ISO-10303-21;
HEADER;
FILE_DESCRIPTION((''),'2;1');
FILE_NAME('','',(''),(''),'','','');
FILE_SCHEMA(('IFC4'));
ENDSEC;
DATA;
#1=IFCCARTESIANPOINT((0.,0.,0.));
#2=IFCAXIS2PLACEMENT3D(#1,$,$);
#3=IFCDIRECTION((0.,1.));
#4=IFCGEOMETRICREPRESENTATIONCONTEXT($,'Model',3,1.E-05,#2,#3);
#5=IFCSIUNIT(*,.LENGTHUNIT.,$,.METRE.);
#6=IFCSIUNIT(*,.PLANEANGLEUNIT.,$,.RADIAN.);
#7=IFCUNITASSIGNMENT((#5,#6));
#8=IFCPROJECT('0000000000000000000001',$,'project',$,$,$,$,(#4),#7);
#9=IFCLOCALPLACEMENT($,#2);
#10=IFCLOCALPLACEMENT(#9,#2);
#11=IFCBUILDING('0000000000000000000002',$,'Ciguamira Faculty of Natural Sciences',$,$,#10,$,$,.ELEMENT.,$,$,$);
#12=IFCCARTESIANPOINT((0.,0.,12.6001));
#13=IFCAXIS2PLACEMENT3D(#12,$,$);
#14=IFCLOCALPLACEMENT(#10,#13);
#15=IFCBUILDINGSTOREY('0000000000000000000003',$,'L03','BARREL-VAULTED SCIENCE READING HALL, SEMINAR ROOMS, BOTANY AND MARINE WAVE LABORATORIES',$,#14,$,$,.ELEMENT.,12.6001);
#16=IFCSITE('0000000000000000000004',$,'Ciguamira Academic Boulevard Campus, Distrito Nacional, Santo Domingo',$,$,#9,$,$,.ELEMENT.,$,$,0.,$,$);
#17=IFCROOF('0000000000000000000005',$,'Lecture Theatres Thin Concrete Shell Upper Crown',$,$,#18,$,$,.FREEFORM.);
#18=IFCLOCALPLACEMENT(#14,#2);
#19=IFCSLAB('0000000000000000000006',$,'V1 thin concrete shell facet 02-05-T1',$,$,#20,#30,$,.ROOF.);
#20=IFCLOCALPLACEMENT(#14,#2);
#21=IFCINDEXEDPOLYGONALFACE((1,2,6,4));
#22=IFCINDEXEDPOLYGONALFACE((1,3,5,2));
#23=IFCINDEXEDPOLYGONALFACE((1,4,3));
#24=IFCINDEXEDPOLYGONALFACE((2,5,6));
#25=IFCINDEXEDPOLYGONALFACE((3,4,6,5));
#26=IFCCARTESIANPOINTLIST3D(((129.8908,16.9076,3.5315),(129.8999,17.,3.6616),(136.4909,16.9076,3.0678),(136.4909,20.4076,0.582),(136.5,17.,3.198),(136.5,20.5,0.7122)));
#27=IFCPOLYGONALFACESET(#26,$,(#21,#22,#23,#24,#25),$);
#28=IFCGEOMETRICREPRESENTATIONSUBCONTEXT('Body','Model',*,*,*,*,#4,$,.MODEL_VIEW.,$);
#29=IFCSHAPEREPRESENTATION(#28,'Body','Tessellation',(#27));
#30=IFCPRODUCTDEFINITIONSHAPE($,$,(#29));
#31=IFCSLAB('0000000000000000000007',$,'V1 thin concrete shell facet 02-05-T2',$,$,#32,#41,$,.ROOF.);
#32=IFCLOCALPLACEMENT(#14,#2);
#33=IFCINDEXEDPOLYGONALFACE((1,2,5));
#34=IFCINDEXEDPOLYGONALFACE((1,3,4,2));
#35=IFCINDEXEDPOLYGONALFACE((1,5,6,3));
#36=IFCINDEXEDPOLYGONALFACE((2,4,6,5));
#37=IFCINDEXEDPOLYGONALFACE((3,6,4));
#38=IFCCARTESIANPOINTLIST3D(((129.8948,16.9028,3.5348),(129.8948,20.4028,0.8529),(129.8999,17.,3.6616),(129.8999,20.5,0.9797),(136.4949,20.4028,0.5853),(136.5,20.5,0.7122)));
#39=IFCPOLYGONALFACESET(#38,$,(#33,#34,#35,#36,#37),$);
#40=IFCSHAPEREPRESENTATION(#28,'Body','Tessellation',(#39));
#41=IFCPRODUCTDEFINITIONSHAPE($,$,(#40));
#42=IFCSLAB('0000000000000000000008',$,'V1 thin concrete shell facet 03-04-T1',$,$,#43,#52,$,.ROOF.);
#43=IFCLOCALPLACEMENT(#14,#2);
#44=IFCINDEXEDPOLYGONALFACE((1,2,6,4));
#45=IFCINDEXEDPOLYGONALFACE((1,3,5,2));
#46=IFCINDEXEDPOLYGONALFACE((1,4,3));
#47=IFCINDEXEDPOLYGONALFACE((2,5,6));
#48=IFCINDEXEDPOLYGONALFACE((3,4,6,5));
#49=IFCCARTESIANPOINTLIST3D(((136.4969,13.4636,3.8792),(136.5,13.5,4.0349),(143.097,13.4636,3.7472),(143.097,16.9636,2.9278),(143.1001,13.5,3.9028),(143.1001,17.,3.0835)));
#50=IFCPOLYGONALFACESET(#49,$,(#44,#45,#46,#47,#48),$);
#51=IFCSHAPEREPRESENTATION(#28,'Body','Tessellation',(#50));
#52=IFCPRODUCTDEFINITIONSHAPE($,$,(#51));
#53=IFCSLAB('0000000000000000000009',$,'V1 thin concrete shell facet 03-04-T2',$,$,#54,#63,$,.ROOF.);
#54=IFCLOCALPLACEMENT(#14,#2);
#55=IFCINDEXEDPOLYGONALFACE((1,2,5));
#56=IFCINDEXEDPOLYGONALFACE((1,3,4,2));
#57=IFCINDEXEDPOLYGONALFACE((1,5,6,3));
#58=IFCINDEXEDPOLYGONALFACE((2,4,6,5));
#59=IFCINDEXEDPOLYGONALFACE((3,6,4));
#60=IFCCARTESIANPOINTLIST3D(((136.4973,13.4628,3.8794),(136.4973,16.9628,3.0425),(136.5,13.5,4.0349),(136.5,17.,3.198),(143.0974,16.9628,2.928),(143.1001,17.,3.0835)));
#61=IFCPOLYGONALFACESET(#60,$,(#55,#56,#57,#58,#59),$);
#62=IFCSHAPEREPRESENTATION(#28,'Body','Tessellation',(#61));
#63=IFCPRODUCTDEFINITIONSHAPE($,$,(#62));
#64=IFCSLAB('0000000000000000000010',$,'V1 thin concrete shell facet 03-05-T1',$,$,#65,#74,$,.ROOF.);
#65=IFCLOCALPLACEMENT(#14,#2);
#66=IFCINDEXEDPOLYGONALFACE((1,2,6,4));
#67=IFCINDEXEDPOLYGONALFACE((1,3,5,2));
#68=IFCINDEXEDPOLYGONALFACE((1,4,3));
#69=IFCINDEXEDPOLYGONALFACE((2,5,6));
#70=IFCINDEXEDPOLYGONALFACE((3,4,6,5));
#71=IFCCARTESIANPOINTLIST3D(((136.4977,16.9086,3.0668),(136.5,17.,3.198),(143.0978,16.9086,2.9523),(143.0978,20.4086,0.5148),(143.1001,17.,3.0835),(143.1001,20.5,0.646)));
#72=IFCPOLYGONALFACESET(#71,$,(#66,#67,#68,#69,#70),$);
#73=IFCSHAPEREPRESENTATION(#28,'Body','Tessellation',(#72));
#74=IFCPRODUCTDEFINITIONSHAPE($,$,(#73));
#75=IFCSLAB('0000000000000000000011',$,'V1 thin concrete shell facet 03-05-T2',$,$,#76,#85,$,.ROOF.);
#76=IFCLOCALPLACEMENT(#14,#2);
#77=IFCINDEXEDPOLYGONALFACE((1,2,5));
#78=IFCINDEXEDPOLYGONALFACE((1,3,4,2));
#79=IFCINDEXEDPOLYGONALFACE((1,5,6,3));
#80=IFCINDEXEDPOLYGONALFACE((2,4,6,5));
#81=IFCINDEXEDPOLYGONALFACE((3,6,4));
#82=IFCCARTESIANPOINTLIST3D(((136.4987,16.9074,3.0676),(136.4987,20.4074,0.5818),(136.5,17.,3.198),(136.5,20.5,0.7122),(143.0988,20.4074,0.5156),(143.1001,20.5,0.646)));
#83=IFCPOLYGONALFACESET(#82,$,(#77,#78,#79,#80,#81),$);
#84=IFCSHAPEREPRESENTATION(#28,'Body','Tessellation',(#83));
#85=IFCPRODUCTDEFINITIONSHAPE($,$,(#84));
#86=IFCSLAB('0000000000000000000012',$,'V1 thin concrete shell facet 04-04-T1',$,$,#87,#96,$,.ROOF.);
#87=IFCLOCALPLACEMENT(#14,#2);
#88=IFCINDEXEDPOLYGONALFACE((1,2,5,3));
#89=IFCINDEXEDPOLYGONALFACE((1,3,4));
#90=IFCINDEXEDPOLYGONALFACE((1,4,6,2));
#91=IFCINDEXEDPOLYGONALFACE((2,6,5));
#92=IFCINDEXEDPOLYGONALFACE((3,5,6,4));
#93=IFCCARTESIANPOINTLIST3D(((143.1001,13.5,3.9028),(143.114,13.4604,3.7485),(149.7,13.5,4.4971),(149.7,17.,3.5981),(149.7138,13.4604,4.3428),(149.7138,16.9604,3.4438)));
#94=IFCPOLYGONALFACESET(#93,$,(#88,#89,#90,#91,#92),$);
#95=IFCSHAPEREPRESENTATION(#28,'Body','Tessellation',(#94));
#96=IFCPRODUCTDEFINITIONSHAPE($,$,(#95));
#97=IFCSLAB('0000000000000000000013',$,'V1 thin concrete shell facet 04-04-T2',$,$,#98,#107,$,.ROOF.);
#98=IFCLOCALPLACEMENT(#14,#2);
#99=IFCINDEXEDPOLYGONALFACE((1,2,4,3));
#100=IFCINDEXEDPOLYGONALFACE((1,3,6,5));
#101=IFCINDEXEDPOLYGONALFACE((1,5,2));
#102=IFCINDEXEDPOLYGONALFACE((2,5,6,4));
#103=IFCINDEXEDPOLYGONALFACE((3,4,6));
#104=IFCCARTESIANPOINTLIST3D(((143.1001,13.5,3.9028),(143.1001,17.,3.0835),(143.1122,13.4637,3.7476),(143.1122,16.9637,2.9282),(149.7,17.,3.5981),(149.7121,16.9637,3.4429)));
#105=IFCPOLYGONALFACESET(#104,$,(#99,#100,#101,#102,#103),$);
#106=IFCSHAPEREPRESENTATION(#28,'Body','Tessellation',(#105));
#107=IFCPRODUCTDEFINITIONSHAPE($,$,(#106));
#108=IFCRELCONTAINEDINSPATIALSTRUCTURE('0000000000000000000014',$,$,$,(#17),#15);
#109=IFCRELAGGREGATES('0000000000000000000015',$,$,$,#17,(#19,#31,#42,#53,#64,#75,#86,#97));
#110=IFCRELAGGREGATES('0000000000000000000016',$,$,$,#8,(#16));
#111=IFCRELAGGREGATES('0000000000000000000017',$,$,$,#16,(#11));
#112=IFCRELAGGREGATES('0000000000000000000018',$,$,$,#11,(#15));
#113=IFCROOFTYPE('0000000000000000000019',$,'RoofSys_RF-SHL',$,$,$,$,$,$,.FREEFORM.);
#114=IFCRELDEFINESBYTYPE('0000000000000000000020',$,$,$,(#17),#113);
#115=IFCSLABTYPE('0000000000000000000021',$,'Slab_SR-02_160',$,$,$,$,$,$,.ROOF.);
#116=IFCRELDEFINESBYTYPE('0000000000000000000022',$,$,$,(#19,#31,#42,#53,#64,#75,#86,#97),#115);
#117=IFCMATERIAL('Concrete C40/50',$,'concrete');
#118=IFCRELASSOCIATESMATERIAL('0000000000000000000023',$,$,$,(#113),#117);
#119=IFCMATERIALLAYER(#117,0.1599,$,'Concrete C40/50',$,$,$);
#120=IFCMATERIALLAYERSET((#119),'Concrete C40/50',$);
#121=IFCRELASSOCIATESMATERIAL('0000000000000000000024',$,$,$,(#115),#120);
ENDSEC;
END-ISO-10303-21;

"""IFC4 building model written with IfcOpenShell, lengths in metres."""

from ifc_helpers import new_model, si_unit, direction, frame, origin, place, context, subcontext, project, spatial, polyline, outline, extrude, material, layer, layer_set, type_object, element, aggregate, save


model = new_model("IFC4")

# Units and contexts
model_context = context("Model", 3, precision=1e-05, world=origin(), true_north=direction((0.0, 1.0)))
body_context = subcontext(model_context, "Body", "Model", "MODEL_VIEW")
ifc_project = project(units=[si_unit("LENGTHUNIT", "METRE"), si_unit("PLANEANGLEUNIT", "RADIAN")], contexts=[model_context])

# Site, building, storey
site_placement = place(None, origin())
site = spatial("IfcSite", under=ifc_project, at=site_placement, Name="Ciguamira Academic Boulevard Campus, Distrito Nacional, Santo Domingo", CompositionType="ELEMENT", RefElevation=0.0)
building_placement = place(site_placement, origin())
building = spatial("IfcBuilding", under=site, at=building_placement, Name="Ciguamira Faculty of Natural Sciences", CompositionType="ELEMENT")
storey_placement = place(building_placement, frame((0.0, 0.0, 12.6001)))
storey = spatial("IfcBuildingStorey", under=building, at=storey_placement, Name="L03", Description="BARREL-VAULTED SCIENCE READING HALL, SEMINAR ROOMS, BOTANY AND MARINE WAVE LABORATORIES", CompositionType="ELEMENT", Elevation=12.6001)

# Shared definitions
ifc_material_1 = material(Name="Concrete C40/50", Category="concrete")

# Roof, slabs
roof_type = type_object("IfcRoofType", Name="RoofSys_RF-SHL", PredefinedType="FREEFORM", material=ifc_material_1)
roof_placement = place(storey_placement, origin())
roof = element("IfcRoof", 1, at=roof_placement, inside=storey, type_object=roof_type, Name="Lecture Theatres Thin Concrete Shell Upper Crown", PredefinedType="FREEFORM")
ifc_layer_1 = layer(ifc_material_1, 0.1599, Name="Concrete C40/50")
ifc_layer_set_1 = layer_set([ifc_layer_1], Name="Concrete C40/50")
slab_type = type_object("IfcSlabType", Name="Slab_SR-02_160", PredefinedType="ROOF", material=ifc_layer_set_1)
slab_1_placement = place(storey_placement, frame((129.8999, 17.0, 3.6616), z_axis=(0.057176, 0.578105, 0.813957), x_axis=(0.997542, 0.0, -0.070072)))
slab_1 = element("IfcSlab", 2, at=slab_1_placement, type_object=slab_type, Name="V1 thin concrete shell facet 02-05-T1", PredefinedType="ROOF", context=body_context, shape_type="SweptSolid", body=[
    extrude(outline(polyline([(0.0, 0.0), (6.6164, 0.0), (6.7905, 4.2894), (0.0, 0.0)])), origin(), (0.0, 0.0, -1.0), 0.1599),
])
slab_2_placement = place(storey_placement, frame((129.8999, 17.0, 3.6616), z_axis=(0.032164, 0.60791, 0.793354), x_axis=(0.821741, 0.435765, -0.367221)))
slab_2 = element("IfcSlab", 3, at=slab_2_placement, type_object=slab_type, Name="V1 thin concrete shell facet 02-05-T2", PredefinedType="ROOF", context=body_context, shape_type="SweptSolid", body=[
    extrude(outline(polyline([(0.0, 0.0), (8.0319, 0.0), (2.51, 3.6252), (0.0, 0.0)])), origin(), (0.0, 0.0, -1.0), 0.1599),
])
slab_3_placement = place(storey_placement, frame((136.5, 13.5, 4.0349), z_axis=(0.019481, 0.227891, 0.973492), x_axis=(0.9998, 0.0, -0.020008)))
slab_3 = element("IfcSlab", 4, at=slab_3_placement, type_object=slab_type, Name="V1 thin concrete shell facet 03-04-T1", PredefinedType="ROOF", context=body_context, shape_type="SweptSolid", body=[
    extrude(outline(polyline([(0.0, 0.0), (6.6014, 0.0), (6.6178, 3.5946), (0.0, 0.0)])), origin(), (0.0, 0.0, -1.0), 0.1599),
])
slab_4_placement = place(storey_placement, frame((136.5, 13.5, 4.0349), z_axis=(0.01687, 0.232529, 0.972443), x_axis=(0.876387, 0.464744, -0.126333)))
slab_4 = element("IfcSlab", 5, at=slab_4_placement, type_object=slab_type, Name="V1 thin concrete shell facet 03-04-T2", PredefinedType="ROOF", context=body_context, shape_type="SweptSolid", body=[
    extrude(outline(polyline([(0.0, 0.0), (7.531, 0.0), (1.7323, 3.1543), (0.0, 0.0)])), origin(), (0.0, 0.0, -1.0), 0.1599),
])
slab_5_placement = place(storey_placement, frame((136.5, 17.0, 3.198), z_axis=(0.014235, 0.571436, 0.820523), x_axis=(0.99985, 0.0, -0.017346)))
slab_5 = element("IfcSlab", 6, at=slab_5_placement, type_object=slab_type, Name="V1 thin concrete shell facet 03-05-T1", PredefinedType="ROOF", context=body_context, shape_type="SweptSolid", body=[
    extrude(outline(polyline([(0.0, 0.0), (6.6011, 0.0), (6.6434, 4.2649), (0.0, 0.0)])), origin(), (0.0, 0.0, -1.0), 0.1599),
])
slab_6_placement = place(storey_placement, frame((136.5, 17.0, 3.198), z_axis=(0.008173, 0.579033, 0.815263), x_axis=(0.836032, 0.443344, -0.323261)))
slab_6 = element("IfcSlab", 7, at=slab_6_placement, type_object=slab_type, Name="V1 thin concrete shell facet 03-05-T2", PredefinedType="ROOF", context=body_context, shape_type="SweptSolid", body=[
    extrude(outline(polyline([(0.0, 0.0), (7.8946, 0.0), (2.3553, 3.5892), (0.0, 0.0)])), origin(), (0.0, 0.0, -1.0), 0.1599),
])
slab_7_placement = place(storey_placement, frame((143.1001, 13.5, 3.9028), z_axis=(-0.086878, 0.247822, 0.964902), x_axis=(0.995971, 0.0, 0.089675)))
slab_7 = element("IfcSlab", 8, at=slab_7_placement, type_object=slab_type, Name="V1 thin concrete shell facet 04-04-T1", PredefinedType="ROOF", context=body_context, shape_type="SweptSolid", body=[
    extrude(outline(polyline([(0.0, 0.0), (6.6266, 0.0), (6.5459, 3.6127), (0.0, 0.0)])), origin(), (0.0, 0.0, -1.0), 0.1599),
])
slab_8_placement = place(storey_placement, frame((143.1001, 13.5, 3.9028), z_axis=(-0.075708, 0.22728, 0.970882), x_axis=(0.882724, 0.468122, -0.040752)))
slab_8 = element("IfcSlab", 9, at=slab_8_placement, type_object=slab_type, Name="V1 thin concrete shell facet 04-04-T2", PredefinedType="ROOF", context=body_context, shape_type="SweptSolid", body=[
    extrude(outline(polyline([(0.0, 0.0), (7.4767, 0.0), (1.6718, 3.1822), (0.0, 0.0)])), origin(), (0.0, 0.0, -1.0), 0.1599),
])
aggregate(roof, [slab_1, slab_2, slab_3, slab_4, slab_5, slab_6, slab_7, slab_8])

save(model, "model.ifc")
